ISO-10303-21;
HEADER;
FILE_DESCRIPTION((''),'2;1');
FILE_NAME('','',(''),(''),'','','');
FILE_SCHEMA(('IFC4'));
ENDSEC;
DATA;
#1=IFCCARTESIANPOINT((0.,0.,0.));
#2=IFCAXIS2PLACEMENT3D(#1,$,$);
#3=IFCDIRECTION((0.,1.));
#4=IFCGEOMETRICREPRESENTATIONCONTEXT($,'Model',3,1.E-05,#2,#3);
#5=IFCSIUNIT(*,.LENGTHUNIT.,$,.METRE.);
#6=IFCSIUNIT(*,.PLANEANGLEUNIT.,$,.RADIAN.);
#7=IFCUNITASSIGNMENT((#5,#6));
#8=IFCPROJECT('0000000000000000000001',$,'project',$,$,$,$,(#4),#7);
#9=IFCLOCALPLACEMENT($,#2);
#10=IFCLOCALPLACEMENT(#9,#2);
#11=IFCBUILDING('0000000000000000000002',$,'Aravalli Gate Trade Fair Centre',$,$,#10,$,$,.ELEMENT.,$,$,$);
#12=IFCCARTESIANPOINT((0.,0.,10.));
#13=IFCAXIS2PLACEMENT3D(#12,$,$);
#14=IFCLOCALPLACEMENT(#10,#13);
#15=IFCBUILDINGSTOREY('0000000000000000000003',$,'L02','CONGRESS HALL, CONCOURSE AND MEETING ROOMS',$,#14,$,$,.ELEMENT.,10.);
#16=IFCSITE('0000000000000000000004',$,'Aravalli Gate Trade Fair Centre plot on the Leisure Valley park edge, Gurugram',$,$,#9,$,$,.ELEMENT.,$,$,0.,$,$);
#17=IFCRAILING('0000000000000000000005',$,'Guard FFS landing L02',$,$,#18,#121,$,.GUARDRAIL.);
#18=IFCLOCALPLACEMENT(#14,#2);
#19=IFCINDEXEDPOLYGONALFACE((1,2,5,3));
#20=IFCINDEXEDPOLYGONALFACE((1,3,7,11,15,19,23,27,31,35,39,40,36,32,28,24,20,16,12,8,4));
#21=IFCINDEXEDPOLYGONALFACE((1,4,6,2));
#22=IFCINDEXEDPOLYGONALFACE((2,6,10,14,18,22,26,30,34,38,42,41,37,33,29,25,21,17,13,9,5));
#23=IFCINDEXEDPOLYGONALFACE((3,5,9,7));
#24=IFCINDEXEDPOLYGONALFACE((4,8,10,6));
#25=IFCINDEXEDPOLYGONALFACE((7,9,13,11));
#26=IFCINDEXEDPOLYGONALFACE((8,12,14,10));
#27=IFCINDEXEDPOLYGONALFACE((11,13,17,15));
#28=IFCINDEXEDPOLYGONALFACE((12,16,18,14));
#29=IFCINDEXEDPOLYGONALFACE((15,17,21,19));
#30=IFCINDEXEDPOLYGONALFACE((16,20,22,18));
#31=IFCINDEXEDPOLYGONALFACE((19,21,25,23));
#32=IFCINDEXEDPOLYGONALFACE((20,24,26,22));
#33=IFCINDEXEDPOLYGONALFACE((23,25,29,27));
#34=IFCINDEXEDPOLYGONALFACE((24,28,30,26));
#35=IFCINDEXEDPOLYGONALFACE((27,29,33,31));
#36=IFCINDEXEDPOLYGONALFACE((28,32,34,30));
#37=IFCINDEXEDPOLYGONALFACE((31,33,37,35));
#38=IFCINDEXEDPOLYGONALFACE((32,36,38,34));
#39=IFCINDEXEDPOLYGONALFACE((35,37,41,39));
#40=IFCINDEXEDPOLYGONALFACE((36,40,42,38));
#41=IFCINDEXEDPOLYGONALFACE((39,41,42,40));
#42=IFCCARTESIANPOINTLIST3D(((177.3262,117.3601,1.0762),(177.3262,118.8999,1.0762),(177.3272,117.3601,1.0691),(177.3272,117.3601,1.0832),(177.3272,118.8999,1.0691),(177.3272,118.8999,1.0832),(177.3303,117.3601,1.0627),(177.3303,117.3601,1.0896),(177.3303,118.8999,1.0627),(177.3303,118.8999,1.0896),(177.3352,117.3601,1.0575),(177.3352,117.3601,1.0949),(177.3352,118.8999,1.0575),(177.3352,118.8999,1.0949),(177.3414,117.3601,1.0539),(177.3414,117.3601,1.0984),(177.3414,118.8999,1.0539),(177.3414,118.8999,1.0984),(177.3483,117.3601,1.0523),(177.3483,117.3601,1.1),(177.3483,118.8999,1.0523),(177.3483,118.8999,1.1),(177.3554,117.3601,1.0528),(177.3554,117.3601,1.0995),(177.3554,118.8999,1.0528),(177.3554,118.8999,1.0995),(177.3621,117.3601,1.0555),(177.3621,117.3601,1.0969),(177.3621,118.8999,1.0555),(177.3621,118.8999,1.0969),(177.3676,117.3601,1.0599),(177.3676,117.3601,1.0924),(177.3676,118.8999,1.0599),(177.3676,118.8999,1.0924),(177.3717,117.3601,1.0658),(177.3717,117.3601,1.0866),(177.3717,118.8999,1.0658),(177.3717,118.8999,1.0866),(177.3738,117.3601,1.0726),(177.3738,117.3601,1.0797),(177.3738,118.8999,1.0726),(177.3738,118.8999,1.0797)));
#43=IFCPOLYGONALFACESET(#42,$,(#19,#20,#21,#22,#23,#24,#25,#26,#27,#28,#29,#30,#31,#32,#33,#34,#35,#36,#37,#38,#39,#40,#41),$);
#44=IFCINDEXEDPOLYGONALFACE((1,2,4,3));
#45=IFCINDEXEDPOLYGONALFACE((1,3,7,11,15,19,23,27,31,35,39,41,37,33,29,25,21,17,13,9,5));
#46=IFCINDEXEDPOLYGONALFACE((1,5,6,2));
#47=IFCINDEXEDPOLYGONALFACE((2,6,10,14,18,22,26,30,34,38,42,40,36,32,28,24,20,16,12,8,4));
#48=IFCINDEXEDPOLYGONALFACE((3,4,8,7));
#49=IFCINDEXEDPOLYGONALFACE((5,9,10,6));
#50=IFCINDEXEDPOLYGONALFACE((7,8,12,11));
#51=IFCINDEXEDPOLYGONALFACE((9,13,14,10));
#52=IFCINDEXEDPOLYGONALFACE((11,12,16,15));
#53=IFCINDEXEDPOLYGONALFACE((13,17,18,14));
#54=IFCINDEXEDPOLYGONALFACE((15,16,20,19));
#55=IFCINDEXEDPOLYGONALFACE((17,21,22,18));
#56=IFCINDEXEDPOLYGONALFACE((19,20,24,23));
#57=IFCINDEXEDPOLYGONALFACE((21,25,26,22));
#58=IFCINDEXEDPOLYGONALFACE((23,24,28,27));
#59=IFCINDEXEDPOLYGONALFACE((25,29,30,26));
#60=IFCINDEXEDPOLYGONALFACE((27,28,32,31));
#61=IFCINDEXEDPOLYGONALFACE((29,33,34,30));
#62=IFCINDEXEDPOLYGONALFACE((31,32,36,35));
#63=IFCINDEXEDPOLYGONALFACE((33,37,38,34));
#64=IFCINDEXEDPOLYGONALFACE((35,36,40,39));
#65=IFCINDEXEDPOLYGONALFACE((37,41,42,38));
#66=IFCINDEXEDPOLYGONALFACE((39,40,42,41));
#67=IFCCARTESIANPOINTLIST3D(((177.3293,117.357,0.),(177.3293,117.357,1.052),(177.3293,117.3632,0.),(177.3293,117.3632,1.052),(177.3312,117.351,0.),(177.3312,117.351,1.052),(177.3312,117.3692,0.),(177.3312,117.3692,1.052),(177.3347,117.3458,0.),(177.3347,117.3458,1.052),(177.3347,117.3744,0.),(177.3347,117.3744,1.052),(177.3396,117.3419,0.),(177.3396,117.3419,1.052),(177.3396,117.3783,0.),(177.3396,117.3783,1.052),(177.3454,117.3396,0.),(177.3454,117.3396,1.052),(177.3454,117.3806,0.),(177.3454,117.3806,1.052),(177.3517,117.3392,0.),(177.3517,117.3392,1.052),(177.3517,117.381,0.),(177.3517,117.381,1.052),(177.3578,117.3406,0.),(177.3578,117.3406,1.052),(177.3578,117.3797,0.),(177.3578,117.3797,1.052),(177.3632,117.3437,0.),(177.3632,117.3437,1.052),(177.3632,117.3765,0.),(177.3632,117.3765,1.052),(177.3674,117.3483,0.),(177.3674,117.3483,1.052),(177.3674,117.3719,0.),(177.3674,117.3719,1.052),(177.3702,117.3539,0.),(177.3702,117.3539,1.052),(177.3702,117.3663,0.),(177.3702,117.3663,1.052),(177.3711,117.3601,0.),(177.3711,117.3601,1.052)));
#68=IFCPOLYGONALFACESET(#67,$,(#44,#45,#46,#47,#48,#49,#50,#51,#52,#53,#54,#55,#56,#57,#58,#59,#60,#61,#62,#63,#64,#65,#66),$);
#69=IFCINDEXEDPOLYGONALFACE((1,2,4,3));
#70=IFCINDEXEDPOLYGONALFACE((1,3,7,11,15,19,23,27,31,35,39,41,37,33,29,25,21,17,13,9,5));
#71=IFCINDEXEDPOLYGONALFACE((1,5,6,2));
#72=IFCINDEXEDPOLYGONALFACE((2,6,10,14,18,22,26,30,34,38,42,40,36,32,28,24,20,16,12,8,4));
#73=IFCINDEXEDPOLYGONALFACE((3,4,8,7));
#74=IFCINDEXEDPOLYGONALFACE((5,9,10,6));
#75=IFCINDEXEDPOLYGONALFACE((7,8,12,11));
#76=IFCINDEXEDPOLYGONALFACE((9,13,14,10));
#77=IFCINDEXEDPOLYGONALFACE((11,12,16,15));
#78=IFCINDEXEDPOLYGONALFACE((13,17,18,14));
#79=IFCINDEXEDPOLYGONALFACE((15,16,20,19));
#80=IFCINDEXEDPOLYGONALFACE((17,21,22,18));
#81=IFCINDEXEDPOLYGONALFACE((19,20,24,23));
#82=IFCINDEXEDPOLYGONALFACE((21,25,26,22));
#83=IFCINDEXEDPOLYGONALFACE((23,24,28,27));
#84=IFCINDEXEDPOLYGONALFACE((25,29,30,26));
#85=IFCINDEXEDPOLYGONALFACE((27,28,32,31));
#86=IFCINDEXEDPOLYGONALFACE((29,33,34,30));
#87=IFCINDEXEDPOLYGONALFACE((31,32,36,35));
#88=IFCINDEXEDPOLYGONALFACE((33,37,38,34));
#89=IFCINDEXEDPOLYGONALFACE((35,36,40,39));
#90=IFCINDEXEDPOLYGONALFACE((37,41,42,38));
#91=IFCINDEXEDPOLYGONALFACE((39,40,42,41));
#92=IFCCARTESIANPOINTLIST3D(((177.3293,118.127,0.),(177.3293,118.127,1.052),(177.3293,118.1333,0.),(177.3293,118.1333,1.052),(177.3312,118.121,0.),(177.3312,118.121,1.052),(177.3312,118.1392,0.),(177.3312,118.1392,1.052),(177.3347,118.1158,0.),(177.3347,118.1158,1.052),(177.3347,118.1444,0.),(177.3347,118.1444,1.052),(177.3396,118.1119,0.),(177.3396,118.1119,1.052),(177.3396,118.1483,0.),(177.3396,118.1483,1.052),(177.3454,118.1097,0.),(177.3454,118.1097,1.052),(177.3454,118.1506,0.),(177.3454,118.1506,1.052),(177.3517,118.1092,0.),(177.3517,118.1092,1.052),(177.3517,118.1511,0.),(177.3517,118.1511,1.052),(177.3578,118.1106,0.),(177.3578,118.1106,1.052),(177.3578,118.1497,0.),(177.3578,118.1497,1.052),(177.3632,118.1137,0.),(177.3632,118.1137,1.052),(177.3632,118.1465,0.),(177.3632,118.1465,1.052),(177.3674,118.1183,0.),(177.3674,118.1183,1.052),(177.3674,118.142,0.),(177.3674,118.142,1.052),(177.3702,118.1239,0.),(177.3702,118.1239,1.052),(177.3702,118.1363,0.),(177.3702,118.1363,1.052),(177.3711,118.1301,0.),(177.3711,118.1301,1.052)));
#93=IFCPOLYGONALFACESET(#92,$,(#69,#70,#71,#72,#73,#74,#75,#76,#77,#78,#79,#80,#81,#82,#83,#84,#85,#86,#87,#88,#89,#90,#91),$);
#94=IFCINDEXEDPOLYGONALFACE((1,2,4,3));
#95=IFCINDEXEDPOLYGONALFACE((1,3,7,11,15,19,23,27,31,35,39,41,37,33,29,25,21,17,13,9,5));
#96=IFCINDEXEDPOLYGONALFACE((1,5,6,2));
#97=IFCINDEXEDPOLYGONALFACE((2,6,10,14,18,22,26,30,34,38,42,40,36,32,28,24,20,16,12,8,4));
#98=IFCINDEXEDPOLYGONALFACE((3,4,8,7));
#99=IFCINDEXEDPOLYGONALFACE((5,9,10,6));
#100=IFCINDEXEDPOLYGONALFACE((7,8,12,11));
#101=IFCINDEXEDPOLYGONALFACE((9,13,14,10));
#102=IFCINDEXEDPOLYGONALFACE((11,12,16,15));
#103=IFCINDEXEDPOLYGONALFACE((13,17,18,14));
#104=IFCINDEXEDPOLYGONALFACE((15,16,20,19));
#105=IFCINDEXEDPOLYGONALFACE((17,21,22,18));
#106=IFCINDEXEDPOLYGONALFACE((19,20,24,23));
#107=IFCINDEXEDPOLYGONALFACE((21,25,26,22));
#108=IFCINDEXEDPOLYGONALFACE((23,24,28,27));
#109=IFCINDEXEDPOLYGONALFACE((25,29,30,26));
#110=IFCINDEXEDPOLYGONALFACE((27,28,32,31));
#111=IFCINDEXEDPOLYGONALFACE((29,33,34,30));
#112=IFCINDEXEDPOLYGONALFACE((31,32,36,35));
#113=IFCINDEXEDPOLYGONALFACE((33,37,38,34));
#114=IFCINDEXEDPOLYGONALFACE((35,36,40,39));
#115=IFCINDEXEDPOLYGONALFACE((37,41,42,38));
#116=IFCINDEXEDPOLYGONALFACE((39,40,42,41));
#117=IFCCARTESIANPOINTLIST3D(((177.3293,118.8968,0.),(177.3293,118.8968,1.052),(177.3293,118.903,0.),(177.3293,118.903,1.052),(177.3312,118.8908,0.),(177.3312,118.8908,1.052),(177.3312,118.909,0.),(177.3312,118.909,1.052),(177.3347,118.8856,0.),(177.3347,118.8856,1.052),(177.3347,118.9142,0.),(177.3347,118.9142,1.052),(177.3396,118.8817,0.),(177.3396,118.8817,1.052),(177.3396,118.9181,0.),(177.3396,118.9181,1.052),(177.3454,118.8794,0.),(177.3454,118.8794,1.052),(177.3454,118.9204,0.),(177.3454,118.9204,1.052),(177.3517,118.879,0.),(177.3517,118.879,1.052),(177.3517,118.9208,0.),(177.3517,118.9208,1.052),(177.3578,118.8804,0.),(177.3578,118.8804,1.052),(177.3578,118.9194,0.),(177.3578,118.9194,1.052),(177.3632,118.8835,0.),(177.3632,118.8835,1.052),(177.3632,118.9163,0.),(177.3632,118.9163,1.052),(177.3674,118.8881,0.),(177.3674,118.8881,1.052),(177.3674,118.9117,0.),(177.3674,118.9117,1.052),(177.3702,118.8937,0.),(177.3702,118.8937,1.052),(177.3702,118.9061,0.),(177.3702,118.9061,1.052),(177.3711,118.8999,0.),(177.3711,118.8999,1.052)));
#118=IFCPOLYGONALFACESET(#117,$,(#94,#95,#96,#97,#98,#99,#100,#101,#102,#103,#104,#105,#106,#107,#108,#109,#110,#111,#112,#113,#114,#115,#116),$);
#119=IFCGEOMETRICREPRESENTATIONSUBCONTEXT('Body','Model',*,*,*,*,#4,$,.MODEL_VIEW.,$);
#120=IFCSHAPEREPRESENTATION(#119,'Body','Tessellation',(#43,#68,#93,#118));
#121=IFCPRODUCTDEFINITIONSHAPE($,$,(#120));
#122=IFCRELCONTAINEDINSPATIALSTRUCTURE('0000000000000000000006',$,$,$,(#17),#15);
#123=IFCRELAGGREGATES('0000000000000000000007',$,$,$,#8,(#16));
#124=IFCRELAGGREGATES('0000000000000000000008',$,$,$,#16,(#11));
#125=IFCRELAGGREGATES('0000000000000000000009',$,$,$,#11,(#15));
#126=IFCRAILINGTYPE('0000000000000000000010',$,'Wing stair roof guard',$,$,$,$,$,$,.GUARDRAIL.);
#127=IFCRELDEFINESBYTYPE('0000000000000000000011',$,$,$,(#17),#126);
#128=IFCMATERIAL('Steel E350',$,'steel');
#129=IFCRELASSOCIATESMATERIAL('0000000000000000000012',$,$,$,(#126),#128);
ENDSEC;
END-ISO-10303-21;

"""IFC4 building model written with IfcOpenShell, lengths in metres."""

from ifc_helpers import new_model, si_unit, direction, frame, origin, origin_2d, place, context, subcontext, project, spatial, circle, extrude, material, type_object, element, save


model = new_model("IFC4")

# Units and contexts
model_context = context("Model", 3, precision=1e-05, world=origin(), true_north=direction((0.0, 1.0)))
body_context = subcontext(model_context, "Body", "Model", "MODEL_VIEW")
ifc_project = project(units=[si_unit("LENGTHUNIT", "METRE"), si_unit("PLANEANGLEUNIT", "RADIAN")], contexts=[model_context])

# Site, building, storey
site_placement = place(None, origin())
site = spatial("IfcSite", under=ifc_project, at=site_placement, Name="Aravalli Gate Trade Fair Centre plot on the Leisure Valley park edge, Gurugram", CompositionType="ELEMENT", RefElevation=0.0)
building_placement = place(site_placement, origin())
building = spatial("IfcBuilding", under=site, at=building_placement, Name="Aravalli Gate Trade Fair Centre", CompositionType="ELEMENT")
storey_placement = place(building_placement, frame((0.0, 0.0, 10.0)))
storey = spatial("IfcBuildingStorey", under=building, at=storey_placement, Name="L02", Description="CONGRESS HALL, CONCOURSE AND MEETING ROOMS", CompositionType="ELEMENT", Elevation=10.0)

# Shared definitions
ifc_material_1 = material(Name="Steel E350", Category="steel")

# Railing
railing_type_1 = type_object("IfcRailingType", Name="Wing stair roof guard", PredefinedType="GUARDRAIL", material=ifc_material_1)
railing_1_placement = place(storey_placement, frame((177.3501, 117.3601, 0.0)))
element("IfcRailing", 1, at=railing_1_placement, inside=storey, type_object=railing_type_1, Name="Guard FFS landing L02", PredefinedType="GUARDRAIL", context=body_context, shape_type="SweptSolid", body=[
    extrude(circle(Radius=0.0239, at=origin_2d()), frame((0.0, 0.0, 1.0762), z_axis=(0.0, 1.0, 0.0), x_axis=(-1.0, 0.0, 0.0)), (0.0, 0.0, 1.0), 1.5398),
    extrude(circle(Radius=0.021, at=origin_2d()), origin(), (0.0, 0.0, 1.0), 1.052),
    extrude(circle(Radius=0.021, at=origin_2d()), frame((0.0, 0.77, 0.0)), (0.0, 0.0, 1.0), 1.052),
    extrude(circle(Radius=0.021, at=origin_2d()), frame((0.0, 1.5398, 0.0)), (0.0, 0.0, 1.0), 1.052),
])

save(model, "model.ifc")
